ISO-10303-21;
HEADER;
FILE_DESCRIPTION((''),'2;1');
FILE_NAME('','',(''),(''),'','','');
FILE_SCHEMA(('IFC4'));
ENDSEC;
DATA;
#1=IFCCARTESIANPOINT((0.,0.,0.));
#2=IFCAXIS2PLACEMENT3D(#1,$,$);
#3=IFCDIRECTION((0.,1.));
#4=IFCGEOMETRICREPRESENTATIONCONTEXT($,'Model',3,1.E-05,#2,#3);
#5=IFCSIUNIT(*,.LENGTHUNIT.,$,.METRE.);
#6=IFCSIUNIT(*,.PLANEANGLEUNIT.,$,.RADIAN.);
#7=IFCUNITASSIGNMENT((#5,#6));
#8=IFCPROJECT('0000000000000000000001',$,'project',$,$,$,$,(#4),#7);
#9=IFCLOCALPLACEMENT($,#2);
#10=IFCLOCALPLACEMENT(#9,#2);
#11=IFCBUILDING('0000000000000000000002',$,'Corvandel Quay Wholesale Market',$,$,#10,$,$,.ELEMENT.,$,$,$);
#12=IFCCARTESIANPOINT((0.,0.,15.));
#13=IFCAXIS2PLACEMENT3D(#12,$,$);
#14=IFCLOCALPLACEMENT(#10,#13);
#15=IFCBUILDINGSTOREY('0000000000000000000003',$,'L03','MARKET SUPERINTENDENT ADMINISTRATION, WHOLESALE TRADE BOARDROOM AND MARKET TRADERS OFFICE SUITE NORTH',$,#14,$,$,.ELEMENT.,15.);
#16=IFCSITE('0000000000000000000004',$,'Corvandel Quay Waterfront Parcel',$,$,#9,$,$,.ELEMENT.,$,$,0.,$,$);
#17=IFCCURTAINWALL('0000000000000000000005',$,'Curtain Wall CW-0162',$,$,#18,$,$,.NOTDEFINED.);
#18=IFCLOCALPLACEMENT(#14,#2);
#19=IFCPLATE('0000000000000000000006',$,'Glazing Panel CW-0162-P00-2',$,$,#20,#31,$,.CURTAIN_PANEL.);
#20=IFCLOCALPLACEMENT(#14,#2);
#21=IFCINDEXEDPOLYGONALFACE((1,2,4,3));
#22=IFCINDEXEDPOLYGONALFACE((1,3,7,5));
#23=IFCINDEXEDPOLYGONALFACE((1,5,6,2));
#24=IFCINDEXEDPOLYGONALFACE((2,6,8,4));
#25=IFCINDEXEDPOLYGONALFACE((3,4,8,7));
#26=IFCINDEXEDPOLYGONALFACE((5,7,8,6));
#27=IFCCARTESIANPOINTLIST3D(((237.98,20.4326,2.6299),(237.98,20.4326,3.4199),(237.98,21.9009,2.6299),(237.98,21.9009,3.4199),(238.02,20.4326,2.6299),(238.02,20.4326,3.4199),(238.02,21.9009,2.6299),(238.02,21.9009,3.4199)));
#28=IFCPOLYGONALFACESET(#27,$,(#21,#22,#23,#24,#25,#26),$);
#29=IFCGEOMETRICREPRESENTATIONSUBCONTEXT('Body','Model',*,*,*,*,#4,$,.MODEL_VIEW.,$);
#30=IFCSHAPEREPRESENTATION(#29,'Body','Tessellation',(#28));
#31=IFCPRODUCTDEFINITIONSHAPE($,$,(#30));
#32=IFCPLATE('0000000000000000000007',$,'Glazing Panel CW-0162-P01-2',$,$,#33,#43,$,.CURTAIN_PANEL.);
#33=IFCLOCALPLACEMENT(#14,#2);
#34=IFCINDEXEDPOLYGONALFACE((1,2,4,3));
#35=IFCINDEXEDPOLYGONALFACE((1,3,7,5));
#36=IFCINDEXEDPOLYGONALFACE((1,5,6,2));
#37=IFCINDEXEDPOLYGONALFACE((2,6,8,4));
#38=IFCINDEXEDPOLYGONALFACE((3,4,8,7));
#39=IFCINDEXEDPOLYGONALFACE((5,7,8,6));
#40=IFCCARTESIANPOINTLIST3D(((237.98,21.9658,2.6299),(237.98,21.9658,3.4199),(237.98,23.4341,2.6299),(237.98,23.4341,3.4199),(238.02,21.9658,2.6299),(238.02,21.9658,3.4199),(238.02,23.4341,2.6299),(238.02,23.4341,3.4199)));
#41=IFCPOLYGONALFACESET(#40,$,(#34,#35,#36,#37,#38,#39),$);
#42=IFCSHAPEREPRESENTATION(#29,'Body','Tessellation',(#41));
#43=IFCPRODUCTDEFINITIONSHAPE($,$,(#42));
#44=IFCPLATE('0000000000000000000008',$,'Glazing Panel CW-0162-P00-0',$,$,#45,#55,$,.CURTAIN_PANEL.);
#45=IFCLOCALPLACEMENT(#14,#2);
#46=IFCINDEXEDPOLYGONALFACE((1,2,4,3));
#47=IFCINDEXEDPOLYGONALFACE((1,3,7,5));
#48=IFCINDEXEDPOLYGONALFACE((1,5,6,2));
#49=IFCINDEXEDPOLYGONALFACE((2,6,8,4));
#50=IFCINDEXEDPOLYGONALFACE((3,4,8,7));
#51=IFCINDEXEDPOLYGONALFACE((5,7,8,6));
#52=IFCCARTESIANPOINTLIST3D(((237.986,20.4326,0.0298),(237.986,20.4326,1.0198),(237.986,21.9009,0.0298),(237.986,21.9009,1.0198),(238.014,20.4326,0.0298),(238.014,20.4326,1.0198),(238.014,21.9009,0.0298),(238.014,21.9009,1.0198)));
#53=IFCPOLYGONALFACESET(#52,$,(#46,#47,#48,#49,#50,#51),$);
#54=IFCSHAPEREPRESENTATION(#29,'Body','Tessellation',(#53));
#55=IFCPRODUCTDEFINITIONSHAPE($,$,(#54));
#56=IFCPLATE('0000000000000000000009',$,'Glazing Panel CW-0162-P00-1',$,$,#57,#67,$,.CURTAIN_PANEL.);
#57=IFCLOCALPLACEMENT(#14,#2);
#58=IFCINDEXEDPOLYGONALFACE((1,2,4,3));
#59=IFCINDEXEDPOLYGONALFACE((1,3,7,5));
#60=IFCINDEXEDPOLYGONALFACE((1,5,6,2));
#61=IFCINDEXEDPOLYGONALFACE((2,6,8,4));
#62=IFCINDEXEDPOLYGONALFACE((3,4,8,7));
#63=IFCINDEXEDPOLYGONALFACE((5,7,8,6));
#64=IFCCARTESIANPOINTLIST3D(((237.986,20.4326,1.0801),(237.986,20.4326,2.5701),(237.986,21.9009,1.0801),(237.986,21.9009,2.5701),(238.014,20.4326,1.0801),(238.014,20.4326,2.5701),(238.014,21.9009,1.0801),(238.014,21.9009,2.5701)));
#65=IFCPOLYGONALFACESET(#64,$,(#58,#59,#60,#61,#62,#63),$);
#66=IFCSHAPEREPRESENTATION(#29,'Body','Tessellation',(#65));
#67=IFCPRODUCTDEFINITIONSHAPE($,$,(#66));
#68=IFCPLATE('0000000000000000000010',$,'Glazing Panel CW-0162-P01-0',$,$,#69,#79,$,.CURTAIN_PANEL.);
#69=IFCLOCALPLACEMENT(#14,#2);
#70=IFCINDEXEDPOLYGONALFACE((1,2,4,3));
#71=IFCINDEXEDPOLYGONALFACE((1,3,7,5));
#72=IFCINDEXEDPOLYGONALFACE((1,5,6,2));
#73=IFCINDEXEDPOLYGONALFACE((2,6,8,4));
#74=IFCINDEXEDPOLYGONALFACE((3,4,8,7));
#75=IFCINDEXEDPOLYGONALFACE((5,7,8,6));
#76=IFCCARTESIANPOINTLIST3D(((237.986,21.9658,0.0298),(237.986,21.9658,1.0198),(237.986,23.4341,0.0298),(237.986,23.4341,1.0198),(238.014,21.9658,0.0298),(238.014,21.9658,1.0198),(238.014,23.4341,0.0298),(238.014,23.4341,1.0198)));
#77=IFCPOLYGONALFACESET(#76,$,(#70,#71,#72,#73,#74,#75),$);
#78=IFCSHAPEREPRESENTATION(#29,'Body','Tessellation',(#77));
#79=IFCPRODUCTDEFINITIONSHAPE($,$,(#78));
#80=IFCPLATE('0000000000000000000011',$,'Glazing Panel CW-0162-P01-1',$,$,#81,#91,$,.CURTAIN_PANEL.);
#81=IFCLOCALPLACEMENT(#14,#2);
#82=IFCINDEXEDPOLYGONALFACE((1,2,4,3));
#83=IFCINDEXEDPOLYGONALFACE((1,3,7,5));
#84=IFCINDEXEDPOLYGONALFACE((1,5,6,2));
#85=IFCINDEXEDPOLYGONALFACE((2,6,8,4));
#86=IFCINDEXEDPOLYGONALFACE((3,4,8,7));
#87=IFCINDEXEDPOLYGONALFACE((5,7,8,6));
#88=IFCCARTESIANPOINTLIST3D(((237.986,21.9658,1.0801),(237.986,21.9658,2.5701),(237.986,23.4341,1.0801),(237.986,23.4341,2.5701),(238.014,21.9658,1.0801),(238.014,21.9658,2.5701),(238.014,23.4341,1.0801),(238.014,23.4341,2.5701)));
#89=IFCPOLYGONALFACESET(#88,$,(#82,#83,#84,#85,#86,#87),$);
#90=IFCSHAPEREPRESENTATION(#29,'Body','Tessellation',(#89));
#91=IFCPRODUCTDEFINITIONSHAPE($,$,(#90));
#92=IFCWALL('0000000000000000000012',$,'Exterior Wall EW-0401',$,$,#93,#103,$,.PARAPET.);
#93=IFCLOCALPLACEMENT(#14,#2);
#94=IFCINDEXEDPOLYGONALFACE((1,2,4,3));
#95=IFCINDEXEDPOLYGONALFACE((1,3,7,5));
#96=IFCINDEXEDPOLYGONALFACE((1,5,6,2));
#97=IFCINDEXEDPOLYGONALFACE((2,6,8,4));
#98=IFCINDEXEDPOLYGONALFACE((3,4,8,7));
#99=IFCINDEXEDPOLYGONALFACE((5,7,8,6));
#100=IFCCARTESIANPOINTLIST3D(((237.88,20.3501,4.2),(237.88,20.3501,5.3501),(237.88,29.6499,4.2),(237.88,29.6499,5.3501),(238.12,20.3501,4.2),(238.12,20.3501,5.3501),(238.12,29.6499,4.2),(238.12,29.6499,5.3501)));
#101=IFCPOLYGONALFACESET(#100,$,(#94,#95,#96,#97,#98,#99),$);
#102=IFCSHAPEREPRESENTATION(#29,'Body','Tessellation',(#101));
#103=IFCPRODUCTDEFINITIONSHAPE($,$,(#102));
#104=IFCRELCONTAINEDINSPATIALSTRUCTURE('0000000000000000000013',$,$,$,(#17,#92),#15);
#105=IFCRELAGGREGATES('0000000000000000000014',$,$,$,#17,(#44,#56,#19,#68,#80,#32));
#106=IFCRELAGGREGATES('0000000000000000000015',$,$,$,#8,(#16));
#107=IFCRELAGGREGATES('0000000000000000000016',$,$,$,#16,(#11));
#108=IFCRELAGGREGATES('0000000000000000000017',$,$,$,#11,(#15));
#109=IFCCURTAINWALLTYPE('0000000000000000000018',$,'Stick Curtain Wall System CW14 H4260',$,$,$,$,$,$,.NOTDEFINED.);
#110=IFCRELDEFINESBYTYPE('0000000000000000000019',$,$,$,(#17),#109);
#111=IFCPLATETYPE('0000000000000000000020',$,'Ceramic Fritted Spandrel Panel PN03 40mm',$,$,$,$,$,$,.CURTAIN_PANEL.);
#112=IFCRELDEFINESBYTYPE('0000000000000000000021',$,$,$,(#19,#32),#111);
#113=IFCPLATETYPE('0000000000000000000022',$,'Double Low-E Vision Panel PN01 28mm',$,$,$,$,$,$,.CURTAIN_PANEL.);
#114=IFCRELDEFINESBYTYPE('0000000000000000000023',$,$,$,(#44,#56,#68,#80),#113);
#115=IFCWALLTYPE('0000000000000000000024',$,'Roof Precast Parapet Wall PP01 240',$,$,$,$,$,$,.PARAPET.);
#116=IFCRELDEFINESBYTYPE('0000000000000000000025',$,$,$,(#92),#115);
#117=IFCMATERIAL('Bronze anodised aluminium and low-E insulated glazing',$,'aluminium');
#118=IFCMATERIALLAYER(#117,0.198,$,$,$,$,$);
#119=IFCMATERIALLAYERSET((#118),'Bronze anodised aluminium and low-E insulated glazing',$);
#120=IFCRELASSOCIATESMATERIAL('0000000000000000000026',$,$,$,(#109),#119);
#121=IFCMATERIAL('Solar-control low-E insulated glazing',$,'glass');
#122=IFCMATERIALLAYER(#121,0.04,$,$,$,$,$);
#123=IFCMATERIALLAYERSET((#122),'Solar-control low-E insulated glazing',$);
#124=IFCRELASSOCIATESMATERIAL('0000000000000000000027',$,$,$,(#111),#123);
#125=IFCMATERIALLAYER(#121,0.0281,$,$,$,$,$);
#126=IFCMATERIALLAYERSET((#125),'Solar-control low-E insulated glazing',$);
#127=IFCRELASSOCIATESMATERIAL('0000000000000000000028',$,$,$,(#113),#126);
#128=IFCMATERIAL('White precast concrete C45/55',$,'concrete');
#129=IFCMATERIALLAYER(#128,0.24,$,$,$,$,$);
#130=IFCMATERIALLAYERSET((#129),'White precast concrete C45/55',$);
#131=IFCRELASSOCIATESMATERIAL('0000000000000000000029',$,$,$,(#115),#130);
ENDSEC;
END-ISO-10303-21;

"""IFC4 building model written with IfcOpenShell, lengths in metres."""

from ifc_helpers import new_model, si_unit, direction, frame, frame_2d, origin, origin_2d, place, context, subcontext, project, spatial, rectangle, extrude, material, layer, layer_set, type_object, element, aggregate, save


model = new_model("IFC4")

# Units and contexts
model_context = context("Model", 3, precision=1e-05, world=origin(), true_north=direction((0.0, 1.0)))
body_context = subcontext(model_context, "Body", "Model", "MODEL_VIEW")
ifc_project = project(units=[si_unit("LENGTHUNIT", "METRE"), si_unit("PLANEANGLEUNIT", "RADIAN")], contexts=[model_context])

# Site, building, storey
site_placement = place(None, origin())
site = spatial("IfcSite", under=ifc_project, at=site_placement, Name="Corvandel Quay Waterfront Parcel", CompositionType="ELEMENT", RefElevation=0.0)
building_placement = place(site_placement, origin())
building = spatial("IfcBuilding", under=site, at=building_placement, Name="Corvandel Quay Wholesale Market", CompositionType="ELEMENT")
storey_placement = place(building_placement, frame((0.0, 0.0, 15.0)))
storey = spatial("IfcBuildingStorey", under=building, at=storey_placement, Name="L03", Description="MARKET SUPERINTENDENT ADMINISTRATION, WHOLESALE TRADE BOARDROOM AND MARKET TRADERS OFFICE SUITE NORTH", CompositionType="ELEMENT", Elevation=15.0)

# Curtain wall
ifc_material_1 = material(Name="Bronze anodised aluminium and low-E insulated glazing", Category="aluminium")
ifc_layer_1 = layer(ifc_material_1, 0.198)
ifc_layer_set_1 = layer_set([ifc_layer_1], Name="Bronze anodised aluminium and low-E insulated glazing")
curtain_wall_type = type_object("IfcCurtainWallType", Name="Stick Curtain Wall System CW14 H4260", PredefinedType="NOTDEFINED", material=ifc_layer_set_1)
curtain_wall_placement = place(storey_placement, origin())
curtain_wall = element("IfcCurtainWall", 1, at=curtain_wall_placement, inside=storey, type_object=curtain_wall_type, Name="Curtain Wall CW-0162", PredefinedType="NOTDEFINED")

# Plates
ifc_material_2 = material(Name="Solar-control low-E insulated glazing", Category="glass")
ifc_layer_2 = layer(ifc_material_2, 0.04)
ifc_layer_set_2 = layer_set([ifc_layer_2], Name="Solar-control low-E insulated glazing")
plate_type_1 = type_object("IfcPlateType", Name="Ceramic Fritted Spandrel Panel PN03 40mm", PredefinedType="CURTAIN_PANEL", material=ifc_layer_set_2)
plate_1_placement = place(storey_placement, frame((238.0, 21.1667, 2.6299), z_axis=(0.0, 0.0, 1.0), x_axis=(0.0, 1.0, 0.0)))
plate_1 = element("IfcPlate", 2, at=plate_1_placement, type_object=plate_type_1, Name="Glazing Panel CW-0162-P00-2", PredefinedType="CURTAIN_PANEL", context=body_context, shape_type="SweptSolid", body=[
    extrude(rectangle(XDim=1.4683, YDim=0.04, at=origin_2d()), origin(), (0.0, 0.0, 1.0), 0.79),
])
plate_2_placement = place(storey_placement, frame((238.0, 22.7, 2.6299), z_axis=(0.0, 0.0, 1.0), x_axis=(0.0, 1.0, 0.0)))
plate_2 = element("IfcPlate", 3, at=plate_2_placement, type_object=plate_type_1, Name="Glazing Panel CW-0162-P01-2", PredefinedType="CURTAIN_PANEL", context=body_context, shape_type="SweptSolid", body=[
    extrude(rectangle(XDim=1.4683, YDim=0.04, at=origin_2d()), origin(), (0.0, 0.0, 1.0), 0.79),
])
ifc_layer_3 = layer(ifc_material_2, 0.0281)
ifc_layer_set_3 = layer_set([ifc_layer_3], Name="Solar-control low-E insulated glazing")
plate_type_2 = type_object("IfcPlateType", Name="Double Low-E Vision Panel PN01 28mm", PredefinedType="CURTAIN_PANEL", material=ifc_layer_set_3)
plate_3_placement = place(storey_placement, frame((238.0, 21.1667, 0.0298), z_axis=(0.0, 0.0, 1.0), x_axis=(0.0, 1.0, 0.0)))
plate_3 = element("IfcPlate", 4, at=plate_3_placement, type_object=plate_type_2, Name="Glazing Panel CW-0162-P00-0", PredefinedType="CURTAIN_PANEL", context=body_context, shape_type="SweptSolid", body=[
    extrude(rectangle(XDim=1.4683, YDim=0.0281, at=origin_2d()), origin(), (0.0, 0.0, 1.0), 0.99),
])
plate_4_placement = place(storey_placement, frame((238.0, 21.1667, 1.0801), z_axis=(0.0, 0.0, 1.0), x_axis=(0.0, 1.0, 0.0)))
plate_4 = element("IfcPlate", 5, at=plate_4_placement, type_object=plate_type_2, Name="Glazing Panel CW-0162-P00-1", PredefinedType="CURTAIN_PANEL", context=body_context, shape_type="SweptSolid", body=[
    extrude(rectangle(XDim=1.4683, YDim=0.0281, at=origin_2d()), origin(), (0.0, 0.0, 1.0), 1.49),
])
plate_5_placement = place(storey_placement, frame((238.0, 22.7, 0.0298), z_axis=(0.0, 0.0, 1.0), x_axis=(0.0, 1.0, 0.0)))
plate_5 = element("IfcPlate", 6, at=plate_5_placement, type_object=plate_type_2, Name="Glazing Panel CW-0162-P01-0", PredefinedType="CURTAIN_PANEL", context=body_context, shape_type="SweptSolid", body=[
    extrude(rectangle(XDim=1.4683, YDim=0.0281, at=origin_2d()), origin(), (0.0, 0.0, 1.0), 0.99),
])
plate_6_placement = place(storey_placement, frame((238.0, 22.7, 1.0801), z_axis=(0.0, 0.0, 1.0), x_axis=(0.0, 1.0, 0.0)))
plate_6 = element("IfcPlate", 7, at=plate_6_placement, type_object=plate_type_2, Name="Glazing Panel CW-0162-P01-1", PredefinedType="CURTAIN_PANEL", context=body_context, shape_type="SweptSolid", body=[
    extrude(rectangle(XDim=1.4683, YDim=0.0281, at=origin_2d()), origin(), (0.0, 0.0, 1.0), 1.49),
])
aggregate(curtain_wall, [plate_3, plate_4, plate_1, plate_5, plate_6, plate_2])

# Wall
ifc_material_3 = material(Name="White precast concrete C45/55", Category="concrete")
ifc_layer_4 = layer(ifc_material_3, 0.24)
ifc_layer_set_4 = layer_set([ifc_layer_4], Name="White precast concrete C45/55")
wall_type = type_object("IfcWallType", Name="Roof Precast Parapet Wall PP01 240", PredefinedType="PARAPET", material=ifc_layer_set_4)
wall_placement = place(storey_placement, frame((238.0, 20.3501, 4.2), z_axis=(0.0, 0.0, 1.0), x_axis=(0.0, 1.0, 0.0)))
element("IfcWall", 8, at=wall_placement, inside=storey, type_object=wall_type, Name="Exterior Wall EW-0401", PredefinedType="PARAPET", context=body_context, shape_type="SweptSolid", body=[
    extrude(rectangle(XDim=9.2998, YDim=0.24, at=frame_2d((4.6499, 0.0))), origin(), (0.0, 0.0, 1.0), 1.1501),
])

save(model, "model.ifc")
